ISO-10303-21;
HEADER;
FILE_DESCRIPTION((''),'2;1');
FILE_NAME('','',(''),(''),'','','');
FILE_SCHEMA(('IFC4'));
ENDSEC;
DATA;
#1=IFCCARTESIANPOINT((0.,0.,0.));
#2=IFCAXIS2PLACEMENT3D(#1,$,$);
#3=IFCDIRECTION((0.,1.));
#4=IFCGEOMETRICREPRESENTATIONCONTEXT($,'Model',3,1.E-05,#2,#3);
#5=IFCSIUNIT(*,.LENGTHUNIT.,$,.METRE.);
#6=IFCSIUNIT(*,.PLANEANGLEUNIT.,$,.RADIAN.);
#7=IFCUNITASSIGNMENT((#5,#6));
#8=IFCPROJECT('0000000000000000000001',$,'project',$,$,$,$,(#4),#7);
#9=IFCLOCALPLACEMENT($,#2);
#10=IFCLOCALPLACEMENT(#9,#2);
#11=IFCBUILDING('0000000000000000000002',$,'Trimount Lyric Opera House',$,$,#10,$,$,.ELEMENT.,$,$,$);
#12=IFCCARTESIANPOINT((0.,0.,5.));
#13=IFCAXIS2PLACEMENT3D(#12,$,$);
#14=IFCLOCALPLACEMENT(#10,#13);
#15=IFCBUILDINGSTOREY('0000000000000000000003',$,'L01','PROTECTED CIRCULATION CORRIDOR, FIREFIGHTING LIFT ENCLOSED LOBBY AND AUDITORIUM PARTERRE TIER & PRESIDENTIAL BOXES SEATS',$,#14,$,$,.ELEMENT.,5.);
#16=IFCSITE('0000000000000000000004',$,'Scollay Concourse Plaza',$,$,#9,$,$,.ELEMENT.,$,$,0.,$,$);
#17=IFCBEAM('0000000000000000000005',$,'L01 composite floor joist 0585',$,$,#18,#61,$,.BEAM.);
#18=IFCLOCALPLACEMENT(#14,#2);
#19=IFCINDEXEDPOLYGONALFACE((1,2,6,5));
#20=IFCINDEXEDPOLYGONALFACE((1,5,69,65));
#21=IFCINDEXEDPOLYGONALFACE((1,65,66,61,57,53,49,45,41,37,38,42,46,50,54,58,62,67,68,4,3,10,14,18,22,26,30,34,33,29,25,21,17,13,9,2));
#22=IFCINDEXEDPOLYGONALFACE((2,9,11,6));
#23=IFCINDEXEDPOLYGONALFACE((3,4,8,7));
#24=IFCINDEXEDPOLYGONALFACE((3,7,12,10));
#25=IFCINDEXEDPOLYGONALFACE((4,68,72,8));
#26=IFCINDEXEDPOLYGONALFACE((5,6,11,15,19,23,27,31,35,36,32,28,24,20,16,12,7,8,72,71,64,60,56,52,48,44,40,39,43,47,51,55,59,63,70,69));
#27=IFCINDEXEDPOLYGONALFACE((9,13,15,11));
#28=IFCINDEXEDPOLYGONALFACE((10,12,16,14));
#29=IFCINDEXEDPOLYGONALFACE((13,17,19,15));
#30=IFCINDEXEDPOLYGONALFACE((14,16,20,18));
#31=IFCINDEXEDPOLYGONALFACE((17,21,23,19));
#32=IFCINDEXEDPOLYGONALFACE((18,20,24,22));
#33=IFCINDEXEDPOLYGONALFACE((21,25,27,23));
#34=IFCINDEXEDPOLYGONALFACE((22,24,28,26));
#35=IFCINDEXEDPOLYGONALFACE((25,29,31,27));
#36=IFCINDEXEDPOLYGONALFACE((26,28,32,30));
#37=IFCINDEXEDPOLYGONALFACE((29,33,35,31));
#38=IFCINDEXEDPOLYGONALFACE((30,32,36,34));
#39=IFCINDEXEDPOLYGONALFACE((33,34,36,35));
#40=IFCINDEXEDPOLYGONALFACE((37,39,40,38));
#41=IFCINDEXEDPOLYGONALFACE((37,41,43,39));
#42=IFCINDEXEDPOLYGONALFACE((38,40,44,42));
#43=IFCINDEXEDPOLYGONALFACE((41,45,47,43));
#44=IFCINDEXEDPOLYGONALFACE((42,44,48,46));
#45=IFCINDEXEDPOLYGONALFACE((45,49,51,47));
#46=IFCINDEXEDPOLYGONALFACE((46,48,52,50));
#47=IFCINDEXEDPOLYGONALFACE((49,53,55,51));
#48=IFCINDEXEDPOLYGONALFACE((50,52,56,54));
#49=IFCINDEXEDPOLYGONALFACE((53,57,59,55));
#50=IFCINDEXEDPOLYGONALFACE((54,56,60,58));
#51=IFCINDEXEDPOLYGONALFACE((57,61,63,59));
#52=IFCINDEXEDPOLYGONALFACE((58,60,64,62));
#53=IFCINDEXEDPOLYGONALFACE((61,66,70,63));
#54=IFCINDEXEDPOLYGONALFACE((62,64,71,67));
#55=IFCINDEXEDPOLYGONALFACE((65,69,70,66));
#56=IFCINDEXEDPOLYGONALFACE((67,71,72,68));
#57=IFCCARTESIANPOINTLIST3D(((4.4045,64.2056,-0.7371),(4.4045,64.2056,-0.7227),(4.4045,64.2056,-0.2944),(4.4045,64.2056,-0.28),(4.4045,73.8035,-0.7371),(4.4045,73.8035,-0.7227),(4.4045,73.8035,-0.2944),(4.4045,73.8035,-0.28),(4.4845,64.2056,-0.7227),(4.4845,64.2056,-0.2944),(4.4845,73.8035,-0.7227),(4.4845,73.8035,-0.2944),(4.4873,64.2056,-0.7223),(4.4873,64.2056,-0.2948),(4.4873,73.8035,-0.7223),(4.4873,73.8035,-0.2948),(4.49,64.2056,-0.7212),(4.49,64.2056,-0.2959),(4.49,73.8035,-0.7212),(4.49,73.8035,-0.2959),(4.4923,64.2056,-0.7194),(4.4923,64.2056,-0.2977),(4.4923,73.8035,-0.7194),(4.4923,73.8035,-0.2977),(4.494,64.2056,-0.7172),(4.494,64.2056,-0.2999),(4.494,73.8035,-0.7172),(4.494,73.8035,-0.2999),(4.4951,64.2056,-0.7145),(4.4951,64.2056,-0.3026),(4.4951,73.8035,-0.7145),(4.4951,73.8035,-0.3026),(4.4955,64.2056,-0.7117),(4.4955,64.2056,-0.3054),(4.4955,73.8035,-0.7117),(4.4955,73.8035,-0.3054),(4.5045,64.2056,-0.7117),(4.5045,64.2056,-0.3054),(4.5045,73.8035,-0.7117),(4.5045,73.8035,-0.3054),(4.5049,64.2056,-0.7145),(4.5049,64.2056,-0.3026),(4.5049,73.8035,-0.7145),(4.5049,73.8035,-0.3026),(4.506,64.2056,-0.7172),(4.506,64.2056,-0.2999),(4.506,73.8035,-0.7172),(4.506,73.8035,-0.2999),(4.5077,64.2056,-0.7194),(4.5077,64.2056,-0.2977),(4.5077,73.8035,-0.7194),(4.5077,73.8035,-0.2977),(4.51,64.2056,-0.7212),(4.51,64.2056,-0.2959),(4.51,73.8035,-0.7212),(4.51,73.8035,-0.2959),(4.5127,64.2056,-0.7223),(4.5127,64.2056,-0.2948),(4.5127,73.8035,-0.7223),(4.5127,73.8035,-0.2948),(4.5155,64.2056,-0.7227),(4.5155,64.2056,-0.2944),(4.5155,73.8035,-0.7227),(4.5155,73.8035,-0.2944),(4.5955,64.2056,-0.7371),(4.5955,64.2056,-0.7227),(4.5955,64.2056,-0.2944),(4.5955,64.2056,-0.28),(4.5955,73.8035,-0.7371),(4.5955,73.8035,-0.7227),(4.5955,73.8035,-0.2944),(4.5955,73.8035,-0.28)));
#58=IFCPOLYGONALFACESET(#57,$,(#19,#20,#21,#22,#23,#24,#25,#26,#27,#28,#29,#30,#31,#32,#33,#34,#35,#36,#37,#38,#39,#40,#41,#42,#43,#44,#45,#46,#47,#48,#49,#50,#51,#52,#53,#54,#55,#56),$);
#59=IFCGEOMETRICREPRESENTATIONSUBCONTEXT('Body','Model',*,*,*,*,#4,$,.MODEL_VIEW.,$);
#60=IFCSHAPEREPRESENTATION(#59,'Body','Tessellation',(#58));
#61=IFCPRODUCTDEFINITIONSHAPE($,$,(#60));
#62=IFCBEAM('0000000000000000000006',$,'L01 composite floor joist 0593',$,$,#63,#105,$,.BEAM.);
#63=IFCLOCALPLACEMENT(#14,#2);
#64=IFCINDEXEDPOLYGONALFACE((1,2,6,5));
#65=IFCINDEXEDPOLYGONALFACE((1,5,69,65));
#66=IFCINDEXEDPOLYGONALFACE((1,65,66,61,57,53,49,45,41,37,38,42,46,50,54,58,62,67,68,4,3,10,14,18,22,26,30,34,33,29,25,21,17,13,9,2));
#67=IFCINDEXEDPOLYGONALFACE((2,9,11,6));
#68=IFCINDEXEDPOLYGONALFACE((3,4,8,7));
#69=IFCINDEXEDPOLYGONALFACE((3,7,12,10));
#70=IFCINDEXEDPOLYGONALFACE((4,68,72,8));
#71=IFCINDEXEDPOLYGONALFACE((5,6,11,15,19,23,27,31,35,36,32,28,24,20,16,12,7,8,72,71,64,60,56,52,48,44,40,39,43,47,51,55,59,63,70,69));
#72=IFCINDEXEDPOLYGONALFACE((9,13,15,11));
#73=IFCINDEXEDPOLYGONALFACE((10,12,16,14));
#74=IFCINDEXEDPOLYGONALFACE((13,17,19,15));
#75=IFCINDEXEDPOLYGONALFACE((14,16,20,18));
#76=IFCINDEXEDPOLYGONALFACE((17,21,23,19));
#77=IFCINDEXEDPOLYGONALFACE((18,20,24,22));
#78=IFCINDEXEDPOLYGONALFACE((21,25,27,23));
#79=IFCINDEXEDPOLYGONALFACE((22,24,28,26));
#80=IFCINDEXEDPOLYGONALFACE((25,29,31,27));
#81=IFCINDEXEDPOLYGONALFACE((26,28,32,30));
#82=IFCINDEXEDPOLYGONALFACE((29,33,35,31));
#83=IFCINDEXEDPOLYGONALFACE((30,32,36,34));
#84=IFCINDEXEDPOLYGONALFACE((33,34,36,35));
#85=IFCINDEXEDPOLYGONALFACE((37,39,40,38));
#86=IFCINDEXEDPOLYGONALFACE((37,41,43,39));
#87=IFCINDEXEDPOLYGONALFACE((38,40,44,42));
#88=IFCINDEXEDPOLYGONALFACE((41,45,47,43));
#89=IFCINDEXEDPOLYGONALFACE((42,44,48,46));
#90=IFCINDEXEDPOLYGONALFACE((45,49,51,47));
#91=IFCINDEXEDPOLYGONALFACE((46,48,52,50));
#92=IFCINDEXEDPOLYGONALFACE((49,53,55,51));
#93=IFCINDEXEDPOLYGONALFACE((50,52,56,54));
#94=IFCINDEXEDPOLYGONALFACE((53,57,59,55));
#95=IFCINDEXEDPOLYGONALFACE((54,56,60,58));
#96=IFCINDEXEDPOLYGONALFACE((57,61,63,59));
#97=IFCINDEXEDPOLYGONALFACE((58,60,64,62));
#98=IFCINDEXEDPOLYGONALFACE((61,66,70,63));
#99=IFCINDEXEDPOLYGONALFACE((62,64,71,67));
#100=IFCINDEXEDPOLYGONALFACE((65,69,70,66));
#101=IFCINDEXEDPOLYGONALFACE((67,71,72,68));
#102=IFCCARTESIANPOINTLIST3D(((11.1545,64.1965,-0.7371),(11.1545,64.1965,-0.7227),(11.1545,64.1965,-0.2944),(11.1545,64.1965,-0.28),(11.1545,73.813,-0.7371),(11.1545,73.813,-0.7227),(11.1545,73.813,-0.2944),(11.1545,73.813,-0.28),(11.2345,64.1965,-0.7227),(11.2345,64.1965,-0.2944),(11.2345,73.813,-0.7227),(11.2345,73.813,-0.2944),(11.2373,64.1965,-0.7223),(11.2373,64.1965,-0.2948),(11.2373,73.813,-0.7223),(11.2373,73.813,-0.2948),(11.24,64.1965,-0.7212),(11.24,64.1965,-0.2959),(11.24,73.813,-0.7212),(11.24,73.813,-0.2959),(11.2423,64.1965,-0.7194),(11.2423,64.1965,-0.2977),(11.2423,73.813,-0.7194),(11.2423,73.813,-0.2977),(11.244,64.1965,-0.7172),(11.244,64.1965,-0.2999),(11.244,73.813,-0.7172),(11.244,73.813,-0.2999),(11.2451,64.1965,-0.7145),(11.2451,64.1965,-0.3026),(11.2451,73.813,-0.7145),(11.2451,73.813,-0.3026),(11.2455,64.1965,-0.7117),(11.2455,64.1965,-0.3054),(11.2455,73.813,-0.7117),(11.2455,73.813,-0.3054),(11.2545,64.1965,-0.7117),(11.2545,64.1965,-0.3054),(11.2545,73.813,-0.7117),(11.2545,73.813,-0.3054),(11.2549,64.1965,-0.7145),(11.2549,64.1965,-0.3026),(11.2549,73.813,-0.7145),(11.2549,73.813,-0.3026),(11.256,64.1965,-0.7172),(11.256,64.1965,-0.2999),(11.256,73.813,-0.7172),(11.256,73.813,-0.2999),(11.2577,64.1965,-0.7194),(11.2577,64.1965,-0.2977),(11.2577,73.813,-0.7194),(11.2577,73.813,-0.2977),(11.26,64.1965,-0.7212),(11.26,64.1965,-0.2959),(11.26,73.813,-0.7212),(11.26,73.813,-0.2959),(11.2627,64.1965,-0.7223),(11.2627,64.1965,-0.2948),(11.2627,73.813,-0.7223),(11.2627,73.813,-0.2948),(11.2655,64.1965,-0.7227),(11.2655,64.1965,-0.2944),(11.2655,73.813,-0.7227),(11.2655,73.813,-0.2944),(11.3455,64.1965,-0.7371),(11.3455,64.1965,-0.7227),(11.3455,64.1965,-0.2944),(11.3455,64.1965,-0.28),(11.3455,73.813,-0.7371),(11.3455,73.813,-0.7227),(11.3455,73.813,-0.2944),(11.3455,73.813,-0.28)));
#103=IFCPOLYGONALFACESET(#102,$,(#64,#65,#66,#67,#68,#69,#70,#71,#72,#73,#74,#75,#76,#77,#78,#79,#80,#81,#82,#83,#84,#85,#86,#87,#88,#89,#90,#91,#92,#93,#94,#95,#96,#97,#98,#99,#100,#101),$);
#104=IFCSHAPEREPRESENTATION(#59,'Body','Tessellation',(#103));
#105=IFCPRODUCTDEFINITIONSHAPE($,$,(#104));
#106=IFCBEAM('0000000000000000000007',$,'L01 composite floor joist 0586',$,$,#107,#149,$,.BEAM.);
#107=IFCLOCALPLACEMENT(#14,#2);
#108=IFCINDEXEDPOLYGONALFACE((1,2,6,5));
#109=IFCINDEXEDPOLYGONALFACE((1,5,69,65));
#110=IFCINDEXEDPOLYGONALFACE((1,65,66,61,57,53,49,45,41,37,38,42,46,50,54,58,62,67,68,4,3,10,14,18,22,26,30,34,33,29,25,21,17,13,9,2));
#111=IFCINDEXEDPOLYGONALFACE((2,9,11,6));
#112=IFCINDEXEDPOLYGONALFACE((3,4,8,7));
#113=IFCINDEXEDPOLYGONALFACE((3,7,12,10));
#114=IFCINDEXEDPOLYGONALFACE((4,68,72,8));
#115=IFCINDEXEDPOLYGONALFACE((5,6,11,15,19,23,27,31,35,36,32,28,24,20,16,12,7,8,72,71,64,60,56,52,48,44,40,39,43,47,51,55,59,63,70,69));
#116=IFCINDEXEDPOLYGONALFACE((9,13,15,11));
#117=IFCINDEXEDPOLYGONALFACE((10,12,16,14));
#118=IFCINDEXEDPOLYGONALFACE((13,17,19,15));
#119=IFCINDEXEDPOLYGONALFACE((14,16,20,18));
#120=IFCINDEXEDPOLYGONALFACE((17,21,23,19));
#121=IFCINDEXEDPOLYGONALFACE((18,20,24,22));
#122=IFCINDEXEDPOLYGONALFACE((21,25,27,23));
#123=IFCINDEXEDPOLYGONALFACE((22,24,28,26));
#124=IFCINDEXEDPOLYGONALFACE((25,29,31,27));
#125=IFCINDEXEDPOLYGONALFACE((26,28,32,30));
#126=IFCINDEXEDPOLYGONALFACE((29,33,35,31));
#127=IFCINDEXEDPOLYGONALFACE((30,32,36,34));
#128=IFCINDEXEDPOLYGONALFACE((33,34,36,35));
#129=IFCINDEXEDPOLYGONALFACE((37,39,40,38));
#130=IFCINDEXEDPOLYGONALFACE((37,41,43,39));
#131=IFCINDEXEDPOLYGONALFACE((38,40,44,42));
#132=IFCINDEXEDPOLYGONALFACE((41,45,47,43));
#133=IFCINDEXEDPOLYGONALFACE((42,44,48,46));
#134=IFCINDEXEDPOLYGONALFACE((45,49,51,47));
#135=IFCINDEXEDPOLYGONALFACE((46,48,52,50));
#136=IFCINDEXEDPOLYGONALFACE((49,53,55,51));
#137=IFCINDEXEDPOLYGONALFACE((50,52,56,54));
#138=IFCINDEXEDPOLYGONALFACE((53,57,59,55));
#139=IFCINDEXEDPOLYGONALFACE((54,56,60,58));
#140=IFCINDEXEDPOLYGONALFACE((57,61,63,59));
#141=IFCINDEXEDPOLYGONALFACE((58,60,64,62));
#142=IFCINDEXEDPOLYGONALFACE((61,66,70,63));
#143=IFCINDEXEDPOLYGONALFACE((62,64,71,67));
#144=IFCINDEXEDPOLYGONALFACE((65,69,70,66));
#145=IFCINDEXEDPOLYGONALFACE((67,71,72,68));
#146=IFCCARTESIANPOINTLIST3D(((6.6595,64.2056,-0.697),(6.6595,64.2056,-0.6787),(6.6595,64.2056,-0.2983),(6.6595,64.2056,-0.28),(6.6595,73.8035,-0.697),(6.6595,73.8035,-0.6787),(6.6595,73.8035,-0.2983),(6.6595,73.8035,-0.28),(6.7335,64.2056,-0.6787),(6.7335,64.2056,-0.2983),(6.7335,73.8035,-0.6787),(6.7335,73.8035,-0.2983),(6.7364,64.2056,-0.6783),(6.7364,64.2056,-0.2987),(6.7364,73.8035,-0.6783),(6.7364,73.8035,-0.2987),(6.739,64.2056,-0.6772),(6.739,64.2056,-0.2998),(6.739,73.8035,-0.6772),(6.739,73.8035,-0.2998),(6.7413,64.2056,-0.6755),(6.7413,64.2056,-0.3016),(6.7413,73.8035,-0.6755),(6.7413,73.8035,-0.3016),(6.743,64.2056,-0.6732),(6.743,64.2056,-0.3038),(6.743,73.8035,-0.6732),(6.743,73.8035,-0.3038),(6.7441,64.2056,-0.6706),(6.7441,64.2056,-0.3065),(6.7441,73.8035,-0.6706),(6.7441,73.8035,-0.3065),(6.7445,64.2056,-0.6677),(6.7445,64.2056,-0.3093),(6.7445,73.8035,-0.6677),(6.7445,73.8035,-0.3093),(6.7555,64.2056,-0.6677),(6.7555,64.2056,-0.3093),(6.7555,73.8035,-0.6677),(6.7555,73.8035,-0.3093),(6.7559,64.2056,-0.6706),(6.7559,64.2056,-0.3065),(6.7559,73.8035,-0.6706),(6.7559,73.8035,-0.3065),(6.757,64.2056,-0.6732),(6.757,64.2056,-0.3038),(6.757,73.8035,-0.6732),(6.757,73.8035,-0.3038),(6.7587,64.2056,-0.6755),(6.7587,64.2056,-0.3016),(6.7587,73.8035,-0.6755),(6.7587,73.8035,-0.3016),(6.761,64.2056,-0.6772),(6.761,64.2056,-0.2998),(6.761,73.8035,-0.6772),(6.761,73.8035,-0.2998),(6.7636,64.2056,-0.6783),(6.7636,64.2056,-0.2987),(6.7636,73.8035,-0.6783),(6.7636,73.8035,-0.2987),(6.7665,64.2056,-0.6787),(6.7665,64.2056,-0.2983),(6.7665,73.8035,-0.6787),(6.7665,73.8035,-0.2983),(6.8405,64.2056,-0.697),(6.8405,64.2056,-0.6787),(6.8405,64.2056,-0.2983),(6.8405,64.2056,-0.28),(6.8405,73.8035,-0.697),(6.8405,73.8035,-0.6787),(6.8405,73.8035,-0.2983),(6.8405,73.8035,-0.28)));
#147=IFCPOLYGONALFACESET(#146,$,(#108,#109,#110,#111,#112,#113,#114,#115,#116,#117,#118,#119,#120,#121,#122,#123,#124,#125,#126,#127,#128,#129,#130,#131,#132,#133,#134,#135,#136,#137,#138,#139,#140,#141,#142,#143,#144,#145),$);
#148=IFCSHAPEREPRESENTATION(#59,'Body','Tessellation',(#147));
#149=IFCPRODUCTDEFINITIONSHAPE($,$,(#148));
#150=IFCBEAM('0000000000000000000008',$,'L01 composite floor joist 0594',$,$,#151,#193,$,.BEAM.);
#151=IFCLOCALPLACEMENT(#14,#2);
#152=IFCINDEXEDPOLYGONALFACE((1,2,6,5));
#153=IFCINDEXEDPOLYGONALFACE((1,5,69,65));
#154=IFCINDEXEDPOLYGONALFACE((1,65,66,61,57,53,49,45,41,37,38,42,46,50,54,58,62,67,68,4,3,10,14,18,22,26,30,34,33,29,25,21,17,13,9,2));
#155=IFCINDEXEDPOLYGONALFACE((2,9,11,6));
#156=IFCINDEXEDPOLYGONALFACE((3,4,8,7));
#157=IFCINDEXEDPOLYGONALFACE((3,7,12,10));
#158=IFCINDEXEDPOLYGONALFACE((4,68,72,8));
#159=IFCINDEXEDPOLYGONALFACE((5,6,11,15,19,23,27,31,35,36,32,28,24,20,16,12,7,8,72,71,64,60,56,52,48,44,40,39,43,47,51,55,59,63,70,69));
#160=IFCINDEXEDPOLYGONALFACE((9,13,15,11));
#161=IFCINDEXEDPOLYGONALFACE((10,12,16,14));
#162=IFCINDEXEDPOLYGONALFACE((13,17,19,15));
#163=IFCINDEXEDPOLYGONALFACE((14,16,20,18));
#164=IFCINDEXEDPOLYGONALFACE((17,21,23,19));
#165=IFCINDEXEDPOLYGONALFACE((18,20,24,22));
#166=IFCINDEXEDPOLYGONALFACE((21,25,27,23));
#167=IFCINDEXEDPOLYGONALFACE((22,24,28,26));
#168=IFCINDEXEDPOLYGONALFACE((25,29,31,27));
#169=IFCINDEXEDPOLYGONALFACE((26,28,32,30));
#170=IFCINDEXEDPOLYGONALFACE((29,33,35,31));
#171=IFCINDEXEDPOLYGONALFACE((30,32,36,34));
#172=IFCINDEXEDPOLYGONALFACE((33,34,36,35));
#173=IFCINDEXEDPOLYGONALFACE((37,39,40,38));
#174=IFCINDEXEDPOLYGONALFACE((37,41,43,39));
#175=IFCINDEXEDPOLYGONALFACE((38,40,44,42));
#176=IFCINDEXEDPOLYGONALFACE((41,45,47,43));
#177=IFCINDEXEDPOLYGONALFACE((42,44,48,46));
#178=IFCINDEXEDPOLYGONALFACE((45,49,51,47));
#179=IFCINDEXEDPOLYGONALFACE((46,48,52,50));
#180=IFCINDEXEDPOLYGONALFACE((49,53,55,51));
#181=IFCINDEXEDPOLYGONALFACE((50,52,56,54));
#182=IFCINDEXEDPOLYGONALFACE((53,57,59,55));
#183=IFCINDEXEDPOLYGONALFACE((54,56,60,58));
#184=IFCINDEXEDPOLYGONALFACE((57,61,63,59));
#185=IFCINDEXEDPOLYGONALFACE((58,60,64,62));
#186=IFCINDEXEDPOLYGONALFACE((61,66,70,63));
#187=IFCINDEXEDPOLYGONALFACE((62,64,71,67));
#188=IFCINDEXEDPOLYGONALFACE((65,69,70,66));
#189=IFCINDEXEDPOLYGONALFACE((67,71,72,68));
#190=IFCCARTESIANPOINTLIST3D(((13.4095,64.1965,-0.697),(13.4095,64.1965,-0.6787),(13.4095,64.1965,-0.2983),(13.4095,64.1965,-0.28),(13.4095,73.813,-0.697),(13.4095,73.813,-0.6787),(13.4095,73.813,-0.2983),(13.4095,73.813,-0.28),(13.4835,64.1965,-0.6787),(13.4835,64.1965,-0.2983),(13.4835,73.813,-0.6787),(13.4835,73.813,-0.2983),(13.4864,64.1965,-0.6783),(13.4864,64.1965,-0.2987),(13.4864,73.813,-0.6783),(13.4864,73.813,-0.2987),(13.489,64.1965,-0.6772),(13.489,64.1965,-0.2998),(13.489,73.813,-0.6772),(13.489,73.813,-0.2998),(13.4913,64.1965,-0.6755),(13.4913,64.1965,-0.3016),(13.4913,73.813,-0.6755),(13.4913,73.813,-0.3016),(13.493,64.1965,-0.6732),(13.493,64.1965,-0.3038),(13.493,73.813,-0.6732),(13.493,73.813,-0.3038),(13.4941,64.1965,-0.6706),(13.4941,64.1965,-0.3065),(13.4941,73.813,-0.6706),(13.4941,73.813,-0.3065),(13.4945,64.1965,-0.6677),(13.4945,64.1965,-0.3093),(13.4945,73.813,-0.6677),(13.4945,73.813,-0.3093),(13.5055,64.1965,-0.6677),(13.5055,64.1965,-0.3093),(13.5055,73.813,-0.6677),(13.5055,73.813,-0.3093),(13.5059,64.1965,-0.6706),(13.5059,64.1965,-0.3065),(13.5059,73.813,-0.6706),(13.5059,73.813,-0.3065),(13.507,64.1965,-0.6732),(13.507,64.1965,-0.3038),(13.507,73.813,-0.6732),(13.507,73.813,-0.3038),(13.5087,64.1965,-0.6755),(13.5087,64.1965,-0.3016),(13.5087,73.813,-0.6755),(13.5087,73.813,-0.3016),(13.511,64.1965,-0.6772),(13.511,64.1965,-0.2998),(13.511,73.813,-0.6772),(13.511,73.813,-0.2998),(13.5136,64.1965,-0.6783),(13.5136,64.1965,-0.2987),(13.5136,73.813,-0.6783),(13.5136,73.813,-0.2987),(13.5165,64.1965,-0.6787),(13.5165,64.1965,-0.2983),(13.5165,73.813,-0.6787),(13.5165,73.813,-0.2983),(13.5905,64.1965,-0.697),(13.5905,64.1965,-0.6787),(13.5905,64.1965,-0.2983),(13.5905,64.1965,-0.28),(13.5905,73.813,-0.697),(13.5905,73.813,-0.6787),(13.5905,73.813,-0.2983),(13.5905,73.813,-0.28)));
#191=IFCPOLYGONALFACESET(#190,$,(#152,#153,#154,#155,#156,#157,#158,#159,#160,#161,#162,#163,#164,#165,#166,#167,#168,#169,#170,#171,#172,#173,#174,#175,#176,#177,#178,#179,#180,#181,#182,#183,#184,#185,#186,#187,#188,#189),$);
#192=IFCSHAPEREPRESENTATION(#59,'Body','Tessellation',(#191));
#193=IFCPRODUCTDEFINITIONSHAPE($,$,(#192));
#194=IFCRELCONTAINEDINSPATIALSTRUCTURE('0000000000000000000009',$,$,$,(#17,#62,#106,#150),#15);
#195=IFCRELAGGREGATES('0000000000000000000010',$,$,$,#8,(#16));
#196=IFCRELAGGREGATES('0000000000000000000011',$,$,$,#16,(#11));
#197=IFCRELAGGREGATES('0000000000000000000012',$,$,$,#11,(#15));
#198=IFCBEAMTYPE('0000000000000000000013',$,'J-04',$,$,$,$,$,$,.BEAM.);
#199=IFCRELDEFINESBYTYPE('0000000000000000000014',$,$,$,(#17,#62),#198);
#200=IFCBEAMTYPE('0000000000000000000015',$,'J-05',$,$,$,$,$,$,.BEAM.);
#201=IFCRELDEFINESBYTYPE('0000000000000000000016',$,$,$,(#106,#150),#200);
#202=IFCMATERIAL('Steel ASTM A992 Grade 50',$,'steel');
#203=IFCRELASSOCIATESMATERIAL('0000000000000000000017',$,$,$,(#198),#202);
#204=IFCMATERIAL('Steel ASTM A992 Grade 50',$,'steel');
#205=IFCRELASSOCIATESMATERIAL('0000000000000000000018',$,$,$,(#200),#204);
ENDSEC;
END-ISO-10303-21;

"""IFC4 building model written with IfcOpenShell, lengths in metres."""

from ifc_helpers import new_model, si_unit, direction, frame, origin, origin_2d, place, context, subcontext, project, spatial, i_section, extrude, material, material_profile, profile_set, type_object, element, save


model = new_model("IFC4")

# Units and contexts
model_context = context("Model", 3, precision=1e-05, world=origin(), true_north=direction((0.0, 1.0)))
body_context = subcontext(model_context, "Body", "Model", "MODEL_VIEW")
ifc_project = project(units=[si_unit("LENGTHUNIT", "METRE"), si_unit("PLANEANGLEUNIT", "RADIAN")], contexts=[model_context])

# Site, building, storey
site_placement = place(None, origin())
site = spatial("IfcSite", under=ifc_project, at=site_placement, Name="Scollay Concourse Plaza", CompositionType="ELEMENT", RefElevation=0.0)
building_placement = place(site_placement, origin())
building = spatial("IfcBuilding", under=site, at=building_placement, Name="Trimount Lyric Opera House", CompositionType="ELEMENT")
storey_placement = place(building_placement, frame((0.0, 0.0, 5.0)))
storey = spatial("IfcBuildingStorey", under=building, at=storey_placement, Name="L01", Description="PROTECTED CIRCULATION CORRIDOR, FIREFIGHTING LIFT ENCLOSED LOBBY AND AUDITORIUM PARTERRE TIER & PRESIDENTIAL BOXES SEATS", CompositionType="ELEMENT", Elevation=5.0)

# Beams
ifc_material_1 = material(Name="Steel ASTM A992 Grade 50", Category="steel")
ifc_material_profile_1 = material_profile(ifc_material_1, i_section(OverallWidth=0.1909, OverallDepth=0.457, WebThickness=0.009, FlangeThickness=0.0144, FilletRadius=0.011, at=origin_2d()), Name="W18X50")
ifc_profile_set_1 = profile_set([ifc_material_profile_1], Name="Steel ASTM A992 Grade 50")
beam_type_1 = type_object("IfcBeamType", Name="J-04", PredefinedType="BEAM", material=ifc_profile_set_1)
beam_1_placement = place(storey_placement, frame((4.5, 64.2056, -0.5085), z_axis=(0.0, 1.0, 0.0), x_axis=(-1.0, 0.0, 0.0)))
element("IfcBeam", 1, at=beam_1_placement, inside=storey, type_object=beam_type_1, Name="L01 composite floor joist 0585", PredefinedType="BEAM", context=body_context, shape_type="SweptSolid", body=[
    extrude(i_section(OverallWidth=0.1909, OverallDepth=0.457, WebThickness=0.009, FlangeThickness=0.0144, FilletRadius=0.011, at=origin_2d()), origin(), (0.0, 0.0, 1.0), 9.5979),
])
beam_2_placement = place(storey_placement, frame((11.25, 64.1965, -0.5085), z_axis=(0.0, 1.0, 0.0), x_axis=(-1.0, 0.0, 0.0)))
element("IfcBeam", 2, at=beam_2_placement, inside=storey, type_object=beam_type_1, Name="L01 composite floor joist 0593", PredefinedType="BEAM", context=body_context, shape_type="SweptSolid", body=[
    extrude(i_section(OverallWidth=0.1909, OverallDepth=0.457, WebThickness=0.009, FlangeThickness=0.0144, FilletRadius=0.011, at=origin_2d()), origin(), (0.0, 0.0, 1.0), 9.6165),
])
ifc_material_2 = material(Name="Steel ASTM A992 Grade 50", Category="steel")
ifc_material_profile_2 = material_profile(ifc_material_2, i_section(OverallWidth=0.1809, OverallDepth=0.417, WebThickness=0.011, FlangeThickness=0.0183, FilletRadius=0.011, at=origin_2d()), Name="W16X57")
ifc_profile_set_2 = profile_set([ifc_material_profile_2], Name="Steel ASTM A992 Grade 50")
beam_type_2 = type_object("IfcBeamType", Name="J-05", PredefinedType="BEAM", material=ifc_profile_set_2)
beam_3_placement = place(storey_placement, frame((6.75, 64.2056, -0.4885), z_axis=(0.0, 1.0, 0.0), x_axis=(-1.0, 0.0, 0.0)))
element("IfcBeam", 3, at=beam_3_placement, inside=storey, type_object=beam_type_2, Name="L01 composite floor joist 0586", PredefinedType="BEAM", context=body_context, shape_type="SweptSolid", body=[
    extrude(i_section(OverallWidth=0.1809, OverallDepth=0.417, WebThickness=0.011, FlangeThickness=0.0183, FilletRadius=0.011, at=origin_2d()), origin(), (0.0, 0.0, 1.0), 9.5979),
])
beam_4_placement = place(storey_placement, frame((13.5, 64.1965, -0.4885), z_axis=(0.0, 1.0, 0.0), x_axis=(-1.0, 0.0, 0.0)))
element("IfcBeam", 4, at=beam_4_placement, inside=storey, type_object=beam_type_2, Name="L01 composite floor joist 0594", PredefinedType="BEAM", context=body_context, shape_type="SweptSolid", body=[
    extrude(i_section(OverallWidth=0.1809, OverallDepth=0.417, WebThickness=0.011, FlangeThickness=0.0183, FilletRadius=0.011, at=origin_2d()), origin(), (0.0, 0.0, 1.0), 9.6165),
])

save(model, "model.ifc")
